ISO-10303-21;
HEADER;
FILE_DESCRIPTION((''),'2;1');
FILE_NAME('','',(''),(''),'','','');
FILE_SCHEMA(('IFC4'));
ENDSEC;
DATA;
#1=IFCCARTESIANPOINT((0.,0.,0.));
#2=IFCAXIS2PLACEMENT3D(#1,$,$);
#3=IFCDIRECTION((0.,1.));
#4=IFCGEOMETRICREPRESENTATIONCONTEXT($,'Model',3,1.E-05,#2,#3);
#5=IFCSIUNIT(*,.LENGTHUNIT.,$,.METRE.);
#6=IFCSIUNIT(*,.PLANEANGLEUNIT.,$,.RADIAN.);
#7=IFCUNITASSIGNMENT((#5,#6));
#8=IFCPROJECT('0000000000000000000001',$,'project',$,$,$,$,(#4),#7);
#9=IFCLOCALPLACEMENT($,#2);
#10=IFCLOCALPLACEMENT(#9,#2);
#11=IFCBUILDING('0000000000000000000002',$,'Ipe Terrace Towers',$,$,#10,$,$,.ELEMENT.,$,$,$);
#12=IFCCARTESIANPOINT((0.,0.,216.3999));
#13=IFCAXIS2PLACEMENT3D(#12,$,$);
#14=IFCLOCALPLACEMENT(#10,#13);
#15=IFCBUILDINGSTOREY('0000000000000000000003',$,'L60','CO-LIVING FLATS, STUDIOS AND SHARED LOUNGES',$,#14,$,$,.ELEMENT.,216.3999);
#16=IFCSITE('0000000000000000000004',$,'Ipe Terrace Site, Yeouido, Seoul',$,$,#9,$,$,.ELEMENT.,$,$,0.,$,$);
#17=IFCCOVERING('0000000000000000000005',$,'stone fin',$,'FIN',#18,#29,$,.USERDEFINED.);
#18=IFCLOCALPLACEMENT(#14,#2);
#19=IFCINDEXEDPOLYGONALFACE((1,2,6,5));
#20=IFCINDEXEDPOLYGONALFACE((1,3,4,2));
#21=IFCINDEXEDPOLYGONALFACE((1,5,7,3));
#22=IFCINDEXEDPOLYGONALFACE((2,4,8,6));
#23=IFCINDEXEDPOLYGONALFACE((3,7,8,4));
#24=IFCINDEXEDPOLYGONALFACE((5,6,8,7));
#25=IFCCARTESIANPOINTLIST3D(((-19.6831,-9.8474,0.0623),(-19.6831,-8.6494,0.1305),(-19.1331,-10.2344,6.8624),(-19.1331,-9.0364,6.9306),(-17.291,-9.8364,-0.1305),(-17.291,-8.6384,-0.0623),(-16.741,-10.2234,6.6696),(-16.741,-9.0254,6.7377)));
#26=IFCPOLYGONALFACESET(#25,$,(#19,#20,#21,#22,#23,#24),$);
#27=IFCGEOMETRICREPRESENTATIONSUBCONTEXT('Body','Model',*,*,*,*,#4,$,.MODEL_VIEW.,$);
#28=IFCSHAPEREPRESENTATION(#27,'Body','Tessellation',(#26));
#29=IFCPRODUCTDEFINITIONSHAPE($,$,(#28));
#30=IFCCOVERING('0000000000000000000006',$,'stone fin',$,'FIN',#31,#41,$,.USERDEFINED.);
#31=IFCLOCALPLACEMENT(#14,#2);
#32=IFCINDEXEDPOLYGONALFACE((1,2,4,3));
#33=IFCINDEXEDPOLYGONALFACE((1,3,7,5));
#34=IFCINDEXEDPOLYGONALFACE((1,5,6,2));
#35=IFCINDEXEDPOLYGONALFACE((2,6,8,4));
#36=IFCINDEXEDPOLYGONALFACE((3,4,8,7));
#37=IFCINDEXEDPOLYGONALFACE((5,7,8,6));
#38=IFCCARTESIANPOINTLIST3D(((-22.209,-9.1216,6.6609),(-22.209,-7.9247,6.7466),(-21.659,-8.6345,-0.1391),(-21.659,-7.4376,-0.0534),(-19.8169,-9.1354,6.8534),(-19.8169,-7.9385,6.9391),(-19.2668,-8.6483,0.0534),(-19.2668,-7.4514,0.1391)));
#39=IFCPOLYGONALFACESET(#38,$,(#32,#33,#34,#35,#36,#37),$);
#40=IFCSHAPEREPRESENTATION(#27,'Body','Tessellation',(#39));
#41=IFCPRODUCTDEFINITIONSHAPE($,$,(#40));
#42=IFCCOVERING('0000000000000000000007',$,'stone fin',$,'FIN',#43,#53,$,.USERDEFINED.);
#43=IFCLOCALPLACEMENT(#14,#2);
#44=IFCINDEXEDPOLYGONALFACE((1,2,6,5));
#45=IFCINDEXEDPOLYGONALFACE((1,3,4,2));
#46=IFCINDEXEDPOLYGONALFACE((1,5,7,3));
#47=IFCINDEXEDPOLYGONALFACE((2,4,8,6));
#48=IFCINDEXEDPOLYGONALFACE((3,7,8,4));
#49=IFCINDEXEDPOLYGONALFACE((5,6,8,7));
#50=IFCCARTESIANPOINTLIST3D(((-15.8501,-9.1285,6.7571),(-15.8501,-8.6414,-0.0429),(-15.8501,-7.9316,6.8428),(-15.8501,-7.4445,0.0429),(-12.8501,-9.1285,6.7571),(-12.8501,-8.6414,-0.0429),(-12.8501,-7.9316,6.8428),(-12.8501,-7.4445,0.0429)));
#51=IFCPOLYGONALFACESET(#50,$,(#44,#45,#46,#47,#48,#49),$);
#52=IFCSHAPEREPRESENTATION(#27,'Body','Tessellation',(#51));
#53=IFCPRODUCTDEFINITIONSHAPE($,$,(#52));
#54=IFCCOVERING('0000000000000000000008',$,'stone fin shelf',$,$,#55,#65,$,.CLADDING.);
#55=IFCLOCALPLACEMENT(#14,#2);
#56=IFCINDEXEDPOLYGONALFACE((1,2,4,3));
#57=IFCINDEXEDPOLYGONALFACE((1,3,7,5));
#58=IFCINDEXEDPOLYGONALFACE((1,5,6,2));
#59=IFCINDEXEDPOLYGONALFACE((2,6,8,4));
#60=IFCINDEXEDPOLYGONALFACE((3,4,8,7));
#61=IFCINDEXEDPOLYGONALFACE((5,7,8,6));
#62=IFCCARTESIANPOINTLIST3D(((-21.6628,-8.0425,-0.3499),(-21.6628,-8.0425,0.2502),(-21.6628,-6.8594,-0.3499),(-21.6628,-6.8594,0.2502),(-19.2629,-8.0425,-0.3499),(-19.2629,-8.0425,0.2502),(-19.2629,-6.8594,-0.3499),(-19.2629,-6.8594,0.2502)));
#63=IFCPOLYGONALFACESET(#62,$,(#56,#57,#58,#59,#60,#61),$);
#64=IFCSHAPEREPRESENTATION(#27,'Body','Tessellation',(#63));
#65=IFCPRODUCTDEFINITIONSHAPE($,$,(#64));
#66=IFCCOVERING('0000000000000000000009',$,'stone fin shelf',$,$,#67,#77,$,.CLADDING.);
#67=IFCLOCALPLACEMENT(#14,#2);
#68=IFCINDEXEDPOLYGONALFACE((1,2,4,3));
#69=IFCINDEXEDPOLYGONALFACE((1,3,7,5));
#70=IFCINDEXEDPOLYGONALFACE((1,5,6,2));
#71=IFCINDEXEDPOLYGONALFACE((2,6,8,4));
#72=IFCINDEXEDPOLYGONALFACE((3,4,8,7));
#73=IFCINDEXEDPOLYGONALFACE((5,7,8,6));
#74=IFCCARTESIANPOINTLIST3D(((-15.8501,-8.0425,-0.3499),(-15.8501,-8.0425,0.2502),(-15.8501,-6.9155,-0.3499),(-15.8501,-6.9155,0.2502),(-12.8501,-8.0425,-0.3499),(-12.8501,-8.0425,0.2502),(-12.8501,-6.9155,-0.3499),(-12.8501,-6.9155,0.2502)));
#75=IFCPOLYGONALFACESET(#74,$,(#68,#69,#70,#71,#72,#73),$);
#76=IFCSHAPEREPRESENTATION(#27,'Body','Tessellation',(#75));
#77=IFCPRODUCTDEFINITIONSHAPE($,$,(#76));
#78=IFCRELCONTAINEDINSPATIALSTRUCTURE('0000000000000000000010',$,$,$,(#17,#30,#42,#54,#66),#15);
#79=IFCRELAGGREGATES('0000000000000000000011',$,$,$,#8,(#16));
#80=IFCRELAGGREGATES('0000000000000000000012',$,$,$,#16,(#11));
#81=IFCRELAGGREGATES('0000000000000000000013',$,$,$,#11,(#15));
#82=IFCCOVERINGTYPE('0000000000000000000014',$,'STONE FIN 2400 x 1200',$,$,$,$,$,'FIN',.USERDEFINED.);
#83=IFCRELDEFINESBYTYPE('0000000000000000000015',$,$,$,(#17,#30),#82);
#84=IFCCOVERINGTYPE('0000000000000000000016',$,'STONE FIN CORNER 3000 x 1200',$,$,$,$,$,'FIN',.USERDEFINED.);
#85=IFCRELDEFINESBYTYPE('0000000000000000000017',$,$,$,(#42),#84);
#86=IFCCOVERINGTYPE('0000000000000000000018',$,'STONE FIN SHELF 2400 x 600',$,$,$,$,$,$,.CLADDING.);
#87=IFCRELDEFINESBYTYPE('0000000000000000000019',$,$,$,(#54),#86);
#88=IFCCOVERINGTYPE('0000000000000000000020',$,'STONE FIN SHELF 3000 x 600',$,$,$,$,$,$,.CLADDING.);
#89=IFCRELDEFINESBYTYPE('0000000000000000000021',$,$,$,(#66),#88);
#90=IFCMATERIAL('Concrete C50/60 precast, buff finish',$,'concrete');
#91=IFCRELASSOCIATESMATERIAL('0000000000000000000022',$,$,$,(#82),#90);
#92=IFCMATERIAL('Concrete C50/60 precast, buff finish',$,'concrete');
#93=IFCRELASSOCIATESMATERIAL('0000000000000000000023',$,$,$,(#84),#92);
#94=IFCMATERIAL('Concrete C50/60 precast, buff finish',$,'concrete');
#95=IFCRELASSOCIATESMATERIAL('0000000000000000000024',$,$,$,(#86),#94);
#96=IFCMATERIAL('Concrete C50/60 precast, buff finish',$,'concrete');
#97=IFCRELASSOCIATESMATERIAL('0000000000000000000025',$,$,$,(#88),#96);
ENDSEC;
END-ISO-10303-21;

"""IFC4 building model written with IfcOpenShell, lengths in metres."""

from ifc_helpers import new_model, si_unit, direction, frame, origin, origin_2d, place, context, subcontext, project, spatial, rectangle, extrude, material, material_profile, profile_set, type_object, element, save


model = new_model("IFC4")

# Units and contexts
model_context = context("Model", 3, precision=1e-05, world=origin(), true_north=direction((0.0, 1.0)))
body_context = subcontext(model_context, "Body", "Model", "MODEL_VIEW")
ifc_project = project(units=[si_unit("LENGTHUNIT", "METRE"), si_unit("PLANEANGLEUNIT", "RADIAN")], contexts=[model_context])

# Site, building, storey
site_placement = place(None, origin())
site = spatial("IfcSite", under=ifc_project, at=site_placement, Name="Ipe Terrace Site, Yeouido, Seoul", CompositionType="ELEMENT", RefElevation=0.0)
building_placement = place(site_placement, origin())
building = spatial("IfcBuilding", under=site, at=building_placement, Name="Ipe Terrace Towers", CompositionType="ELEMENT")
storey_placement = place(building_placement, frame((0.0, 0.0, 216.3999)))
storey = spatial("IfcBuildingStorey", under=building, at=storey_placement, Name="L60", Description="CO-LIVING FLATS, STUDIOS AND SHARED LOUNGES", CompositionType="ELEMENT", Elevation=216.3999)

# Coverings
ifc_material_1 = material(Name="Concrete C50/60 precast, buff finish", Category="concrete")
ifc_material_profile_1 = material_profile(ifc_material_1, rectangle(XDim=2.3999, YDim=1.2, at=origin_2d()), Name="STONE FIN 2400 x 1200")
ifc_profile_set_1 = profile_set([ifc_material_profile_1], Name="Concrete C50/60 precast, buff finish")
covering_type_1 = type_object("IfcCoveringType", Name="STONE FIN 2400 x 1200", ElementType="FIN", PredefinedType="USERDEFINED", material=ifc_profile_set_1)
covering_1_placement = place(storey_placement, frame((-18.4871, -9.2429, 0.0), z_axis=(0.080496, -0.05663, 0.995145), x_axis=(0.996755, 0.004573, -0.080366)))
element("IfcCovering", 1, at=covering_1_placement, inside=storey, type_object=covering_type_1, Name="stone fin", ObjectType="FIN", PredefinedType="USERDEFINED", context=body_context, shape_type="SweptSolid", body=[
    extrude(rectangle(XDim=2.3999, YDim=1.2, at=origin_2d()), origin(), (0.0, 0.0, 1.0), 6.8333),
])
covering_2_placement = place(storey_placement, frame((-20.4629, -8.043, 0.0), z_axis=(-0.080421, -0.071212, 0.994214), x_axis=(0.996761, -0.005746, 0.080215)))
element("IfcCovering", 2, at=covering_2_placement, inside=storey, type_object=covering_type_1, Name="stone fin", ObjectType="FIN", PredefinedType="USERDEFINED", context=body_context, shape_type="SweptSolid", body=[
    extrude(rectangle(XDim=2.3999, YDim=1.2, at=origin_2d()), origin(), (0.0, 0.0, 1.0), 6.8396),
])
ifc_material_2 = material(Name="Concrete C50/60 precast, buff finish", Category="concrete")
ifc_material_profile_2 = material_profile(ifc_material_2, rectangle(XDim=3.0, YDim=1.2, at=origin_2d()), Name="STONE FIN CORNER 3000 x 1200")
ifc_profile_set_2 = profile_set([ifc_material_profile_2], Name="Concrete C50/60 precast, buff finish")
covering_type_2 = type_object("IfcCoveringType", Name="STONE FIN CORNER 3000 x 1200", ElementType="FIN", PredefinedType="USERDEFINED", material=ifc_profile_set_2)
covering_3_placement = place(storey_placement, frame((-14.3501, -8.043, 0.0), z_axis=(0.0, -0.071443, 0.997445), x_axis=(1.0, 0.0, 0.0)))
element("IfcCovering", 3, at=covering_3_placement, inside=storey, type_object=covering_type_2, Name="stone fin", ObjectType="FIN", PredefinedType="USERDEFINED", context=body_context, shape_type="SweptSolid", body=[
    extrude(rectangle(XDim=3.0, YDim=1.2, at=origin_2d()), origin(), (0.0, 0.0, 1.0), 6.8174),
])
ifc_material_3 = material(Name="Concrete C50/60 precast, buff finish", Category="concrete")
covering_type_3 = type_object("IfcCoveringType", Name="STONE FIN SHELF 2400 x 600", PredefinedType="CLADDING", material=ifc_material_3)
covering_4_placement = place(storey_placement, frame((-20.4629, -7.4509, -0.3499), z_axis=(0.0, 0.0, 1.0), x_axis=(1.0, 0.0, 0.0)))
element("IfcCovering", 4, at=covering_4_placement, inside=storey, type_object=covering_type_3, Name="stone fin shelf", PredefinedType="CLADDING", context=body_context, shape_type="SweptSolid", body=[
    extrude(rectangle(XDim=2.3999, YDim=1.1831, at=origin_2d()), origin(), (0.0, 0.0, 1.0), 0.6001),
])
ifc_material_4 = material(Name="Concrete C50/60 precast, buff finish", Category="concrete")
covering_type_4 = type_object("IfcCoveringType", Name="STONE FIN SHELF 3000 x 600", PredefinedType="CLADDING", material=ifc_material_4)
covering_5_placement = place(storey_placement, frame((-14.3501, -7.479, -0.3499), z_axis=(0.0, 0.0, 1.0), x_axis=(1.0, 0.0, 0.0)))
element("IfcCovering", 5, at=covering_5_placement, inside=storey, type_object=covering_type_4, Name="stone fin shelf", PredefinedType="CLADDING", context=body_context, shape_type="SweptSolid", body=[
    extrude(rectangle(XDim=3.0, YDim=1.127, at=origin_2d()), origin(), (0.0, 0.0, 1.0), 0.6001),
])

save(model, "model.ifc")
